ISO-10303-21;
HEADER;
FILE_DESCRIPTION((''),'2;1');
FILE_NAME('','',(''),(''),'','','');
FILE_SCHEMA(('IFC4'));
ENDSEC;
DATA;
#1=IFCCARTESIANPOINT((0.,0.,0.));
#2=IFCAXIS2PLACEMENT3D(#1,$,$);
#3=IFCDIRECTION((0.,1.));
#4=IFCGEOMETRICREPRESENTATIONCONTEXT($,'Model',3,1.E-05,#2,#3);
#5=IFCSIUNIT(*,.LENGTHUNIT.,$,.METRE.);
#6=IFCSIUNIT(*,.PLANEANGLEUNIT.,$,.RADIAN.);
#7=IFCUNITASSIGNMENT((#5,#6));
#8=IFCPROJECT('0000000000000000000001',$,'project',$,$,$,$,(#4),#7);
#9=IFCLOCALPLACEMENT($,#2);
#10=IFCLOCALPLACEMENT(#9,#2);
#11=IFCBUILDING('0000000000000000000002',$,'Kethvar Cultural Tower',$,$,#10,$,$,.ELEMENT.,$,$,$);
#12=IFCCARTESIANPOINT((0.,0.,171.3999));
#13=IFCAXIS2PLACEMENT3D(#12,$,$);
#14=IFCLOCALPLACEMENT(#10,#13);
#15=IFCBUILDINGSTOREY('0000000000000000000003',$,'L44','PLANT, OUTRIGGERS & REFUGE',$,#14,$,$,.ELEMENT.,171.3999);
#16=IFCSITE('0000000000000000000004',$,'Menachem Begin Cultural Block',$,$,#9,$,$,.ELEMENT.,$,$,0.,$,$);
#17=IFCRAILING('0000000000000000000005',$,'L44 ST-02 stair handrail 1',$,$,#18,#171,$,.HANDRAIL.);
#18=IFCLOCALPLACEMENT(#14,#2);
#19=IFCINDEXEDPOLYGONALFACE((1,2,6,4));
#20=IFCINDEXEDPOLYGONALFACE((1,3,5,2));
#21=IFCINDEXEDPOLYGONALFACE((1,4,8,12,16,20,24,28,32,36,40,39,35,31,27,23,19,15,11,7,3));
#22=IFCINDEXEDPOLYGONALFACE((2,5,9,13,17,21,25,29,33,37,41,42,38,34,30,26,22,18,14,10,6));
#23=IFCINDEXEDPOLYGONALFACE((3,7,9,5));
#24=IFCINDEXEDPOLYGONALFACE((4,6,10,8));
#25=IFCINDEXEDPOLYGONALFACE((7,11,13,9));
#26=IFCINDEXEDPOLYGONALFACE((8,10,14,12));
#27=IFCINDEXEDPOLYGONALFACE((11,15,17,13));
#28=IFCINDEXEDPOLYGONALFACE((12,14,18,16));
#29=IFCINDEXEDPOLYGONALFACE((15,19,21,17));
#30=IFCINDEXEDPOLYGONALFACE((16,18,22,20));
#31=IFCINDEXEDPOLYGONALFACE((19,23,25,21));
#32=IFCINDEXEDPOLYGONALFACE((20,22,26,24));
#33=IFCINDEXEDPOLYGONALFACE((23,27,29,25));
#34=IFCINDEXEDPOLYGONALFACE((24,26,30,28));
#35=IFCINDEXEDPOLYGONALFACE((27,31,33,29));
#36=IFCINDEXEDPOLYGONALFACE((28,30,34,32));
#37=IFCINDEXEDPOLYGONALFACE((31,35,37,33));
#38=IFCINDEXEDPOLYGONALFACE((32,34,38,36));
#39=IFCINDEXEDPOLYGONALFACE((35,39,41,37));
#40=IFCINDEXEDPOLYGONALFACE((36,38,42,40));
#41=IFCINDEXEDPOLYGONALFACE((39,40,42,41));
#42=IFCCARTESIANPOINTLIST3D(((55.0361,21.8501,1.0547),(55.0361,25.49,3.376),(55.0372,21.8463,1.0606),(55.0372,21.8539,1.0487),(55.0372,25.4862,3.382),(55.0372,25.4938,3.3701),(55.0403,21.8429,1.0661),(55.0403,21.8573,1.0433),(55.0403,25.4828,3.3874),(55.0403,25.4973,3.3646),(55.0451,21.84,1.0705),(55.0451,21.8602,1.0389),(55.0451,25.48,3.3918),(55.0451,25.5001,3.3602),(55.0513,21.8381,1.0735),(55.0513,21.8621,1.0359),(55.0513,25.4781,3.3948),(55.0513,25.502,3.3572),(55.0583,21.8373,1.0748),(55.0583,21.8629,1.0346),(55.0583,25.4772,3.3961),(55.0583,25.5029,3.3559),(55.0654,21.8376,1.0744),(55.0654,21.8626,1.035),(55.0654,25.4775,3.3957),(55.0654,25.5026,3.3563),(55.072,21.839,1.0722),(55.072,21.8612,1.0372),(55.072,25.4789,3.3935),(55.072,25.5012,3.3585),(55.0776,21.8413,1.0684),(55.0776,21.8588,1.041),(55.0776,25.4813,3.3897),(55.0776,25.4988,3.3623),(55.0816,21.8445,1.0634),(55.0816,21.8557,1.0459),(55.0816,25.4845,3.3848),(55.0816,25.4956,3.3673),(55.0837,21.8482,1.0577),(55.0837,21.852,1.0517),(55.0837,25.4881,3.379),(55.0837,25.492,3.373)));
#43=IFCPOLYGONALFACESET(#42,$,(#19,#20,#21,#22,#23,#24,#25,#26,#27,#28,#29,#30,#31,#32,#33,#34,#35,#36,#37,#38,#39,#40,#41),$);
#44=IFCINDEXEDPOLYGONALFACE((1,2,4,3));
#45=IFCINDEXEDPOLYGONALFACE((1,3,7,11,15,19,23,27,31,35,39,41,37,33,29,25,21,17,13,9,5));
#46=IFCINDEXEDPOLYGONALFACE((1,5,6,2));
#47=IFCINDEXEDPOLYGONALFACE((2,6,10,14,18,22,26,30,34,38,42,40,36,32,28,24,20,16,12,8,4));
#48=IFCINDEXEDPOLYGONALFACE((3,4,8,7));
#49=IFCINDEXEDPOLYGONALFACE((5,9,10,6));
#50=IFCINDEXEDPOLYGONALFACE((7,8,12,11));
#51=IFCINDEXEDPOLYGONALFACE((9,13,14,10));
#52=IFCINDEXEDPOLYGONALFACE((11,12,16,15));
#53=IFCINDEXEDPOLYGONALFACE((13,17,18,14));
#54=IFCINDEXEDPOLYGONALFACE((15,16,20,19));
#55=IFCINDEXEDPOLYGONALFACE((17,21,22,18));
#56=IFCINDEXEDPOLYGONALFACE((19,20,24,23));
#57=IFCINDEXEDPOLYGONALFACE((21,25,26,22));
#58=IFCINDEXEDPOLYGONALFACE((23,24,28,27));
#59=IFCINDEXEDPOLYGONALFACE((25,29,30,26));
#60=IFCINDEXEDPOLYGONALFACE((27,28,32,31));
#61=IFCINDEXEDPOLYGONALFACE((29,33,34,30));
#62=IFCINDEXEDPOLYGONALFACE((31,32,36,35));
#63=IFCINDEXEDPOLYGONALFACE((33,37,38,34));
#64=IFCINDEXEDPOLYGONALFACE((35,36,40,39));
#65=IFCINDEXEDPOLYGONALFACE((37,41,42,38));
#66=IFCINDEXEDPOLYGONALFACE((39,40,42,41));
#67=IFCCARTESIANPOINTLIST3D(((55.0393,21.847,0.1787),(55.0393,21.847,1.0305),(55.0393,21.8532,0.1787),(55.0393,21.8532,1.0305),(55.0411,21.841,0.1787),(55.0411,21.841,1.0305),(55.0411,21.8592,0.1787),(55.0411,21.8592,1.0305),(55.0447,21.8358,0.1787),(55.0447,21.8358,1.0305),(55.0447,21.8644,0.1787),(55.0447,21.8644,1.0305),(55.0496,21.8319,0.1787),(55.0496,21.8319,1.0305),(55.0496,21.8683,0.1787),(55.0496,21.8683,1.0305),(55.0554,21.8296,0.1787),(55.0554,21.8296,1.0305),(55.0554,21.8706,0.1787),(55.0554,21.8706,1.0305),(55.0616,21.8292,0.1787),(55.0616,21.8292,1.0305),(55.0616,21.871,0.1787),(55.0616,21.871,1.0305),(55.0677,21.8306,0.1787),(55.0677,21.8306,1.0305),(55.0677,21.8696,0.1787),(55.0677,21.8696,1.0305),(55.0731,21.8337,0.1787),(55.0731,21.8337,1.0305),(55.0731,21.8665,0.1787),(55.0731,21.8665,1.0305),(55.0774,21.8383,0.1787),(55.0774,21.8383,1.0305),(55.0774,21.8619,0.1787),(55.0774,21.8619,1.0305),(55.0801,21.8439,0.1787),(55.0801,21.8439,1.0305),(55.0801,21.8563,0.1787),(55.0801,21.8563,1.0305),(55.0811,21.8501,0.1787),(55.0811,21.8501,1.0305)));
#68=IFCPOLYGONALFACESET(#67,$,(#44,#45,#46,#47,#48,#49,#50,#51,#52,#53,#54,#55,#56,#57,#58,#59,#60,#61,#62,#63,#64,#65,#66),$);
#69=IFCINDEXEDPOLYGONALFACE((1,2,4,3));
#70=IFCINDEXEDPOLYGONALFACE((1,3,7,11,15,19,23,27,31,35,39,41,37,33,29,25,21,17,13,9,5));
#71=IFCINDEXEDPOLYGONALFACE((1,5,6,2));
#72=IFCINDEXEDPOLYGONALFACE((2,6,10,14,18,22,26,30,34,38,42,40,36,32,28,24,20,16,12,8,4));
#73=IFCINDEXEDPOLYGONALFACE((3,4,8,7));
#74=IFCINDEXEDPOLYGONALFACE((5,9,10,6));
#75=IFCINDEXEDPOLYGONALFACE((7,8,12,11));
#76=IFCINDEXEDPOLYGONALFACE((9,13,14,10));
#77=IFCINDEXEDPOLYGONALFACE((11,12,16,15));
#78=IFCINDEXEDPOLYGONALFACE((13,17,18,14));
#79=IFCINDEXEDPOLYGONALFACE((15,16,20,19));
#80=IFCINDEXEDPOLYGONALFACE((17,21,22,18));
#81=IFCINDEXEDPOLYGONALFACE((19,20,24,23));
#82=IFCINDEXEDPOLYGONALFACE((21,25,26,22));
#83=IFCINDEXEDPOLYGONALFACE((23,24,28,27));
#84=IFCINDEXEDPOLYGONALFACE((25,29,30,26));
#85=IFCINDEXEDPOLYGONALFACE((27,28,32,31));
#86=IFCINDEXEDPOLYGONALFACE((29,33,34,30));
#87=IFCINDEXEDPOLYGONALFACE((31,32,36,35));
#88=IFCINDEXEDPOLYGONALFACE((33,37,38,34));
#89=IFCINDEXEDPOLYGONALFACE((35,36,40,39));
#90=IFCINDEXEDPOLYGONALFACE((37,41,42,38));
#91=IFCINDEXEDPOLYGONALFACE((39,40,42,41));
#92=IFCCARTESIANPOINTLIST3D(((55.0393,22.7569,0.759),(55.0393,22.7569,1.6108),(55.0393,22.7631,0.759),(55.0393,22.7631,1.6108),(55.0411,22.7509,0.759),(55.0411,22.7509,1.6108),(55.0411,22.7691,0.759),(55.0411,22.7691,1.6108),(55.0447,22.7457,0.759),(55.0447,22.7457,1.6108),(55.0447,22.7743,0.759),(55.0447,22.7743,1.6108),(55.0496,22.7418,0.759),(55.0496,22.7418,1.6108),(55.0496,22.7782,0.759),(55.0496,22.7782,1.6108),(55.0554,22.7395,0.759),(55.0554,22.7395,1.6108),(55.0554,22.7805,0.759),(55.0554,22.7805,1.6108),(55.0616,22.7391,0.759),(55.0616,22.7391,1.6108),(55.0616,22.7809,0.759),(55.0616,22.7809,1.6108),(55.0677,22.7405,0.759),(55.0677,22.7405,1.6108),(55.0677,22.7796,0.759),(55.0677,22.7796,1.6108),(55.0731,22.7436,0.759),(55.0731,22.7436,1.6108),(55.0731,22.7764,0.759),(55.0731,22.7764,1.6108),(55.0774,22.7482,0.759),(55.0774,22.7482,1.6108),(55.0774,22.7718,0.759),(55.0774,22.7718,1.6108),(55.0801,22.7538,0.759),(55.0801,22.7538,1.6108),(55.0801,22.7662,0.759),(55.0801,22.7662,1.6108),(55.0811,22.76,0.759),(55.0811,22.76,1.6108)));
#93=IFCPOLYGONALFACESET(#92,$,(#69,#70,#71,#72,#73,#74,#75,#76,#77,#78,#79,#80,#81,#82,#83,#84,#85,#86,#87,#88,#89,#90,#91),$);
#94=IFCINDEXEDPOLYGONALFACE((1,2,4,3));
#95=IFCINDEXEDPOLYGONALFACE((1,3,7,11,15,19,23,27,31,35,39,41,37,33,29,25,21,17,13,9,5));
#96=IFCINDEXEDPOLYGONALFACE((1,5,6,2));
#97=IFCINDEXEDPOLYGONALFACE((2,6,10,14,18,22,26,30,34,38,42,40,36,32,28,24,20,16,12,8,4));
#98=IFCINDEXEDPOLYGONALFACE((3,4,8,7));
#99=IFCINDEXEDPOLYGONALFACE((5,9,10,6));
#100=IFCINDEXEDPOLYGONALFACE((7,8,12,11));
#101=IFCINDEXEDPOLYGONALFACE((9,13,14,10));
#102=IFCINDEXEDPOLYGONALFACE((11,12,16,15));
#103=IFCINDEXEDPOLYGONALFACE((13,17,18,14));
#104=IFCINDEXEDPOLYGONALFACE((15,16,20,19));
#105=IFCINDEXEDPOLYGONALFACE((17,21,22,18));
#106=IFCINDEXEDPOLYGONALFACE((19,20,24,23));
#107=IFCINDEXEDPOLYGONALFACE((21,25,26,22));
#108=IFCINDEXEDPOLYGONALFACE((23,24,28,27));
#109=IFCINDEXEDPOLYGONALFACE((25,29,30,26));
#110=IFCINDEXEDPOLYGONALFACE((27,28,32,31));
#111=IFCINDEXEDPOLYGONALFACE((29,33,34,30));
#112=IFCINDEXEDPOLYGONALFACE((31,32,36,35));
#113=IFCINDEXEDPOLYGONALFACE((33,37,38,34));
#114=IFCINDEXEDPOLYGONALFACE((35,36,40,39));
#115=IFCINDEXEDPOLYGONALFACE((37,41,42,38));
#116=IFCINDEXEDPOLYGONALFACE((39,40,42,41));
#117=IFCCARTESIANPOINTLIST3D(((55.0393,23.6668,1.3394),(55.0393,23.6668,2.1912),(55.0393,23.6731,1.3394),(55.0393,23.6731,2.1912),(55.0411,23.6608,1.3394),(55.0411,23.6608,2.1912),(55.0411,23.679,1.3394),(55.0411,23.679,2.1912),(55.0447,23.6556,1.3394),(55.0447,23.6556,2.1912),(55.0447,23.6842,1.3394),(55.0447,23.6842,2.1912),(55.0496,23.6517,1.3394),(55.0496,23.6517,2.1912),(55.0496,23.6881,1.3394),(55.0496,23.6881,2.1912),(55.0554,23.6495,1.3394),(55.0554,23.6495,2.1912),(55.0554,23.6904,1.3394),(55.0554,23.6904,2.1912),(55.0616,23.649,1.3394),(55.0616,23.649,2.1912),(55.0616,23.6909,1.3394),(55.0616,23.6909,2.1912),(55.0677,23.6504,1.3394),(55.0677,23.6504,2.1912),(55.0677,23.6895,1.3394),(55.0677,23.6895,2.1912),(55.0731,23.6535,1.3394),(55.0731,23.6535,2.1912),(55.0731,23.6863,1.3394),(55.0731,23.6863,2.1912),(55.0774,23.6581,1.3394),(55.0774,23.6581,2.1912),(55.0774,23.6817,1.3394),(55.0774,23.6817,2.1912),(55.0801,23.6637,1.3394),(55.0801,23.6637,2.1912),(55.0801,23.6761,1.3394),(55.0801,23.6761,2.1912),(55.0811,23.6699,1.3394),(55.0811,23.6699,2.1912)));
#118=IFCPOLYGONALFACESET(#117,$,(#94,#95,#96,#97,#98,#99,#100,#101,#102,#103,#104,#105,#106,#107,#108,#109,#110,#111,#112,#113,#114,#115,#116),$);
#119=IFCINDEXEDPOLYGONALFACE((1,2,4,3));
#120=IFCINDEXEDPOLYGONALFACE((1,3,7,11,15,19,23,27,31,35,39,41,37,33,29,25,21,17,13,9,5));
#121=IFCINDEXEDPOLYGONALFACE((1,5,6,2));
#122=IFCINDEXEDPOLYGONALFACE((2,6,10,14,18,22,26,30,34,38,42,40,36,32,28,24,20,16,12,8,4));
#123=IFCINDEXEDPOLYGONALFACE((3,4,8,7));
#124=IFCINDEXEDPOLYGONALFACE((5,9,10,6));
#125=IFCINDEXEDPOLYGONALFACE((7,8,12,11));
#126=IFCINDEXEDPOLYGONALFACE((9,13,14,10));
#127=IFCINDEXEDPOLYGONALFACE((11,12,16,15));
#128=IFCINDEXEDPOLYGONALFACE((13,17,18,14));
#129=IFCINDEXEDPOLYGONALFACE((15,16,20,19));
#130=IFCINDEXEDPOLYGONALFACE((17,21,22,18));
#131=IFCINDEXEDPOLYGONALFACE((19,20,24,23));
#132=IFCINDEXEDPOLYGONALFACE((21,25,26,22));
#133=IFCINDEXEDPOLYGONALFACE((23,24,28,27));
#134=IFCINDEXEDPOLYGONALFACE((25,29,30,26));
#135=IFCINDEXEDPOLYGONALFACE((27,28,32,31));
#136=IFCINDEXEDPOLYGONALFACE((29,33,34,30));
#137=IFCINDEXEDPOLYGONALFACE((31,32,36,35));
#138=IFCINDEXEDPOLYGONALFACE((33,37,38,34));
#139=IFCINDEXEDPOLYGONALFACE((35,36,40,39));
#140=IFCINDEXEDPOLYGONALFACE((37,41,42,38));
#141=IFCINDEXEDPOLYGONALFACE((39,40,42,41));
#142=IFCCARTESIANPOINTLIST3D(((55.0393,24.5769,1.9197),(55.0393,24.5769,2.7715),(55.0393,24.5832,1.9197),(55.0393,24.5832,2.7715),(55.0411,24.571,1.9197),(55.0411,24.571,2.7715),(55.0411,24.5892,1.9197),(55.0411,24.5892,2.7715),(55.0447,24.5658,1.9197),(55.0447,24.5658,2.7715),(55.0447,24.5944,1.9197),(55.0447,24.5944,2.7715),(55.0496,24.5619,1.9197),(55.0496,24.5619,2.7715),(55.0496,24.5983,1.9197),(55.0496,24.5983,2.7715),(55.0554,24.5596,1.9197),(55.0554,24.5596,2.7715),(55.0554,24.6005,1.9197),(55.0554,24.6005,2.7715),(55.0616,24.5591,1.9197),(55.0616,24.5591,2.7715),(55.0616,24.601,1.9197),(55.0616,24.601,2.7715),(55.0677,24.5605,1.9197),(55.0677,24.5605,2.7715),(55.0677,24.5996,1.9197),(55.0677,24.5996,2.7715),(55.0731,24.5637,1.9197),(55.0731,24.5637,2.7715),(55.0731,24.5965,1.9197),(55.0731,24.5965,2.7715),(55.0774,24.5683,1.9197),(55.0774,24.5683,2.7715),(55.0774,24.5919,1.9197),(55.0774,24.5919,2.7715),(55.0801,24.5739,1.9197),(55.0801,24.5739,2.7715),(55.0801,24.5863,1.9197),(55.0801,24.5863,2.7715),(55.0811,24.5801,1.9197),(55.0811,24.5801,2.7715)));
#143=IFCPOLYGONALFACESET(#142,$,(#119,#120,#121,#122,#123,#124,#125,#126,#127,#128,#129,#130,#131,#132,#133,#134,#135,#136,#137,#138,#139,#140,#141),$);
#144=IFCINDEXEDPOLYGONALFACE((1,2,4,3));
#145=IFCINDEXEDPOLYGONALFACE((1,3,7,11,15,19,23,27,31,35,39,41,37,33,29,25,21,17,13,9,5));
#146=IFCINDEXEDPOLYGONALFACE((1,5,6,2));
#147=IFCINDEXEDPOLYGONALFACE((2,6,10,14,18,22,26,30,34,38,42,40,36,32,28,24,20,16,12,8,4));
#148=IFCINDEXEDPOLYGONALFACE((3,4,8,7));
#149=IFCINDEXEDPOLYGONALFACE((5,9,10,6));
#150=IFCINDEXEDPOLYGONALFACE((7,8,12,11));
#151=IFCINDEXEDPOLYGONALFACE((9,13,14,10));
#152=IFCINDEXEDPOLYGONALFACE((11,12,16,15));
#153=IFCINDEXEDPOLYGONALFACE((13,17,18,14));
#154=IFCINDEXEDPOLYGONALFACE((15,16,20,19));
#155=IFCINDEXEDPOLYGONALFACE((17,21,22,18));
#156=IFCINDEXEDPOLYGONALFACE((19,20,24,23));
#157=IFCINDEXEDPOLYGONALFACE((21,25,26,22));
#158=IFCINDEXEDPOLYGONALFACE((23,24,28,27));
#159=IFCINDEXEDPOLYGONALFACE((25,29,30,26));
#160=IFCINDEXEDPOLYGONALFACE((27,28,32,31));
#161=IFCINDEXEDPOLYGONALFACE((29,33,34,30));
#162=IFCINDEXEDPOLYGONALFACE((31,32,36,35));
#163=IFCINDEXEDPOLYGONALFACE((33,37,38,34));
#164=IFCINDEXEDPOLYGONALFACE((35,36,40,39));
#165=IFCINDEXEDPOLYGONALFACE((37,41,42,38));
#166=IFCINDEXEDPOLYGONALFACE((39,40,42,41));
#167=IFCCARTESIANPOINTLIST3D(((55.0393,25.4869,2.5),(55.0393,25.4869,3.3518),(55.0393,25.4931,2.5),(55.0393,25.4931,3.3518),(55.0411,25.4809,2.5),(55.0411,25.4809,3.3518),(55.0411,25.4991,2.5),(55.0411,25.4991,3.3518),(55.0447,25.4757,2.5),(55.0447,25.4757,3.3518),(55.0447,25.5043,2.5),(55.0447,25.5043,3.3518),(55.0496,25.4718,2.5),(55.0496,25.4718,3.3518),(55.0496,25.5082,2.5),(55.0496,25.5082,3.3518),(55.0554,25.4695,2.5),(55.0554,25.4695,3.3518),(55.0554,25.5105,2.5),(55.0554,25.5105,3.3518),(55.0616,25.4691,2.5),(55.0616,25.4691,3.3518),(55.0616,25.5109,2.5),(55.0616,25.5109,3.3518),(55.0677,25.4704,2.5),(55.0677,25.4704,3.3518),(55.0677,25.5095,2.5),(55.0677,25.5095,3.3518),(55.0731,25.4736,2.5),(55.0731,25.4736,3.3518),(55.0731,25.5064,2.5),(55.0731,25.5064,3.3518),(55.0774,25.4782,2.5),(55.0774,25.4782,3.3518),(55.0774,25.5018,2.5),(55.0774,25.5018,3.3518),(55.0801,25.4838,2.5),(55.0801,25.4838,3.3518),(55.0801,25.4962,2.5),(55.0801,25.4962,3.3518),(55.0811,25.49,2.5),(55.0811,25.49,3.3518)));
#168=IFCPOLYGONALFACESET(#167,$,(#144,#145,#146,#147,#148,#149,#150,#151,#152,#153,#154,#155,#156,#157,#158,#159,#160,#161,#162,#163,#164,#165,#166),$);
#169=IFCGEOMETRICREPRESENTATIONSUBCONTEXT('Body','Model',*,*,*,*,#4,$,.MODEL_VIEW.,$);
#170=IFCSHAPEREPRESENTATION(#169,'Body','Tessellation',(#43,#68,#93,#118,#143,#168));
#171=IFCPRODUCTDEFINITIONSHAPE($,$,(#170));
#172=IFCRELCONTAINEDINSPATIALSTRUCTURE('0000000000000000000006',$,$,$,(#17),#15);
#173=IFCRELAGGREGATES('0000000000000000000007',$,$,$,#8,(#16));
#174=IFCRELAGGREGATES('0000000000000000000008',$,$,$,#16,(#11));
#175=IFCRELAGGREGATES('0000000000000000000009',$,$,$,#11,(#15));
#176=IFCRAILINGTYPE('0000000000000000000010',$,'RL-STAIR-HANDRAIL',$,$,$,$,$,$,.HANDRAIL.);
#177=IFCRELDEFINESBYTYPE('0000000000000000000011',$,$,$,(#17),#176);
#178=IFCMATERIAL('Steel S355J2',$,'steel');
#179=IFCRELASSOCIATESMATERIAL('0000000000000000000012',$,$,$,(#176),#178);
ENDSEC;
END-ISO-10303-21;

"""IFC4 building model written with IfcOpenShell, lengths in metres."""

from ifc_helpers import new_model, si_unit, direction, frame, origin, origin_2d, place, context, subcontext, project, spatial, circle, extrude, material, type_object, element, save


model = new_model("IFC4")

# Units and contexts
model_context = context("Model", 3, precision=1e-05, world=origin(), true_north=direction((0.0, 1.0)))
body_context = subcontext(model_context, "Body", "Model", "MODEL_VIEW")
ifc_project = project(units=[si_unit("LENGTHUNIT", "METRE"), si_unit("PLANEANGLEUNIT", "RADIAN")], contexts=[model_context])

# Site, building, storey
site_placement = place(None, origin())
site = spatial("IfcSite", under=ifc_project, at=site_placement, Name="Menachem Begin Cultural Block", CompositionType="ELEMENT", RefElevation=0.0)
building_placement = place(site_placement, origin())
building = spatial("IfcBuilding", under=site, at=building_placement, Name="Kethvar Cultural Tower", CompositionType="ELEMENT")
storey_placement = place(building_placement, frame((0.0, 0.0, 171.3999)))
storey = spatial("IfcBuildingStorey", under=building, at=storey_placement, Name="L44", Description="PLANT, OUTRIGGERS & REFUGE", CompositionType="ELEMENT", Elevation=171.3999)

# Shared definitions
ifc_material_1 = material(Name="Steel S355J2", Category="steel")

# Railing
railing_type_1 = type_object("IfcRailingType", Name="RL-STAIR-HANDRAIL", PredefinedType="HANDRAIL", material=ifc_material_1)
railing_1_placement = place(storey_placement, frame((55.0601, 21.8501, 0.1787)))
element("IfcRailing", 1, at=railing_1_placement, inside=storey, type_object=railing_type_1, Name="L44 ST-02 stair handrail 1", PredefinedType="HANDRAIL", context=body_context, shape_type="SweptSolid", body=[
    extrude(circle(Radius=0.0239, at=origin_2d()), frame((0.0, 0.0, 0.876), z_axis=(0.0, 0.843137, 0.537699), x_axis=(-1.0, 0.0, 0.0)), (0.0, 0.0, 1.0), 4.3171),
    extrude(circle(Radius=0.021, at=origin_2d()), origin(), (0.0, 0.0, 1.0), 0.8518),
    extrude(circle(Radius=0.021, at=origin_2d()), frame((0.0, 0.9099, 0.5803)), (0.0, 0.0, 1.0), 0.8518),
    extrude(circle(Radius=0.021, at=origin_2d()), frame((0.0, 1.8198, 1.1606)), (0.0, 0.0, 1.0), 0.8518),
    extrude(circle(Radius=0.021, at=origin_2d()), frame((0.0, 2.73, 1.741)), (0.0, 0.0, 1.0), 0.8518),
    extrude(circle(Radius=0.021, at=origin_2d()), frame((0.0, 3.6399, 2.3213)), (0.0, 0.0, 1.0), 0.8518),
])

save(model, "model.ifc")
